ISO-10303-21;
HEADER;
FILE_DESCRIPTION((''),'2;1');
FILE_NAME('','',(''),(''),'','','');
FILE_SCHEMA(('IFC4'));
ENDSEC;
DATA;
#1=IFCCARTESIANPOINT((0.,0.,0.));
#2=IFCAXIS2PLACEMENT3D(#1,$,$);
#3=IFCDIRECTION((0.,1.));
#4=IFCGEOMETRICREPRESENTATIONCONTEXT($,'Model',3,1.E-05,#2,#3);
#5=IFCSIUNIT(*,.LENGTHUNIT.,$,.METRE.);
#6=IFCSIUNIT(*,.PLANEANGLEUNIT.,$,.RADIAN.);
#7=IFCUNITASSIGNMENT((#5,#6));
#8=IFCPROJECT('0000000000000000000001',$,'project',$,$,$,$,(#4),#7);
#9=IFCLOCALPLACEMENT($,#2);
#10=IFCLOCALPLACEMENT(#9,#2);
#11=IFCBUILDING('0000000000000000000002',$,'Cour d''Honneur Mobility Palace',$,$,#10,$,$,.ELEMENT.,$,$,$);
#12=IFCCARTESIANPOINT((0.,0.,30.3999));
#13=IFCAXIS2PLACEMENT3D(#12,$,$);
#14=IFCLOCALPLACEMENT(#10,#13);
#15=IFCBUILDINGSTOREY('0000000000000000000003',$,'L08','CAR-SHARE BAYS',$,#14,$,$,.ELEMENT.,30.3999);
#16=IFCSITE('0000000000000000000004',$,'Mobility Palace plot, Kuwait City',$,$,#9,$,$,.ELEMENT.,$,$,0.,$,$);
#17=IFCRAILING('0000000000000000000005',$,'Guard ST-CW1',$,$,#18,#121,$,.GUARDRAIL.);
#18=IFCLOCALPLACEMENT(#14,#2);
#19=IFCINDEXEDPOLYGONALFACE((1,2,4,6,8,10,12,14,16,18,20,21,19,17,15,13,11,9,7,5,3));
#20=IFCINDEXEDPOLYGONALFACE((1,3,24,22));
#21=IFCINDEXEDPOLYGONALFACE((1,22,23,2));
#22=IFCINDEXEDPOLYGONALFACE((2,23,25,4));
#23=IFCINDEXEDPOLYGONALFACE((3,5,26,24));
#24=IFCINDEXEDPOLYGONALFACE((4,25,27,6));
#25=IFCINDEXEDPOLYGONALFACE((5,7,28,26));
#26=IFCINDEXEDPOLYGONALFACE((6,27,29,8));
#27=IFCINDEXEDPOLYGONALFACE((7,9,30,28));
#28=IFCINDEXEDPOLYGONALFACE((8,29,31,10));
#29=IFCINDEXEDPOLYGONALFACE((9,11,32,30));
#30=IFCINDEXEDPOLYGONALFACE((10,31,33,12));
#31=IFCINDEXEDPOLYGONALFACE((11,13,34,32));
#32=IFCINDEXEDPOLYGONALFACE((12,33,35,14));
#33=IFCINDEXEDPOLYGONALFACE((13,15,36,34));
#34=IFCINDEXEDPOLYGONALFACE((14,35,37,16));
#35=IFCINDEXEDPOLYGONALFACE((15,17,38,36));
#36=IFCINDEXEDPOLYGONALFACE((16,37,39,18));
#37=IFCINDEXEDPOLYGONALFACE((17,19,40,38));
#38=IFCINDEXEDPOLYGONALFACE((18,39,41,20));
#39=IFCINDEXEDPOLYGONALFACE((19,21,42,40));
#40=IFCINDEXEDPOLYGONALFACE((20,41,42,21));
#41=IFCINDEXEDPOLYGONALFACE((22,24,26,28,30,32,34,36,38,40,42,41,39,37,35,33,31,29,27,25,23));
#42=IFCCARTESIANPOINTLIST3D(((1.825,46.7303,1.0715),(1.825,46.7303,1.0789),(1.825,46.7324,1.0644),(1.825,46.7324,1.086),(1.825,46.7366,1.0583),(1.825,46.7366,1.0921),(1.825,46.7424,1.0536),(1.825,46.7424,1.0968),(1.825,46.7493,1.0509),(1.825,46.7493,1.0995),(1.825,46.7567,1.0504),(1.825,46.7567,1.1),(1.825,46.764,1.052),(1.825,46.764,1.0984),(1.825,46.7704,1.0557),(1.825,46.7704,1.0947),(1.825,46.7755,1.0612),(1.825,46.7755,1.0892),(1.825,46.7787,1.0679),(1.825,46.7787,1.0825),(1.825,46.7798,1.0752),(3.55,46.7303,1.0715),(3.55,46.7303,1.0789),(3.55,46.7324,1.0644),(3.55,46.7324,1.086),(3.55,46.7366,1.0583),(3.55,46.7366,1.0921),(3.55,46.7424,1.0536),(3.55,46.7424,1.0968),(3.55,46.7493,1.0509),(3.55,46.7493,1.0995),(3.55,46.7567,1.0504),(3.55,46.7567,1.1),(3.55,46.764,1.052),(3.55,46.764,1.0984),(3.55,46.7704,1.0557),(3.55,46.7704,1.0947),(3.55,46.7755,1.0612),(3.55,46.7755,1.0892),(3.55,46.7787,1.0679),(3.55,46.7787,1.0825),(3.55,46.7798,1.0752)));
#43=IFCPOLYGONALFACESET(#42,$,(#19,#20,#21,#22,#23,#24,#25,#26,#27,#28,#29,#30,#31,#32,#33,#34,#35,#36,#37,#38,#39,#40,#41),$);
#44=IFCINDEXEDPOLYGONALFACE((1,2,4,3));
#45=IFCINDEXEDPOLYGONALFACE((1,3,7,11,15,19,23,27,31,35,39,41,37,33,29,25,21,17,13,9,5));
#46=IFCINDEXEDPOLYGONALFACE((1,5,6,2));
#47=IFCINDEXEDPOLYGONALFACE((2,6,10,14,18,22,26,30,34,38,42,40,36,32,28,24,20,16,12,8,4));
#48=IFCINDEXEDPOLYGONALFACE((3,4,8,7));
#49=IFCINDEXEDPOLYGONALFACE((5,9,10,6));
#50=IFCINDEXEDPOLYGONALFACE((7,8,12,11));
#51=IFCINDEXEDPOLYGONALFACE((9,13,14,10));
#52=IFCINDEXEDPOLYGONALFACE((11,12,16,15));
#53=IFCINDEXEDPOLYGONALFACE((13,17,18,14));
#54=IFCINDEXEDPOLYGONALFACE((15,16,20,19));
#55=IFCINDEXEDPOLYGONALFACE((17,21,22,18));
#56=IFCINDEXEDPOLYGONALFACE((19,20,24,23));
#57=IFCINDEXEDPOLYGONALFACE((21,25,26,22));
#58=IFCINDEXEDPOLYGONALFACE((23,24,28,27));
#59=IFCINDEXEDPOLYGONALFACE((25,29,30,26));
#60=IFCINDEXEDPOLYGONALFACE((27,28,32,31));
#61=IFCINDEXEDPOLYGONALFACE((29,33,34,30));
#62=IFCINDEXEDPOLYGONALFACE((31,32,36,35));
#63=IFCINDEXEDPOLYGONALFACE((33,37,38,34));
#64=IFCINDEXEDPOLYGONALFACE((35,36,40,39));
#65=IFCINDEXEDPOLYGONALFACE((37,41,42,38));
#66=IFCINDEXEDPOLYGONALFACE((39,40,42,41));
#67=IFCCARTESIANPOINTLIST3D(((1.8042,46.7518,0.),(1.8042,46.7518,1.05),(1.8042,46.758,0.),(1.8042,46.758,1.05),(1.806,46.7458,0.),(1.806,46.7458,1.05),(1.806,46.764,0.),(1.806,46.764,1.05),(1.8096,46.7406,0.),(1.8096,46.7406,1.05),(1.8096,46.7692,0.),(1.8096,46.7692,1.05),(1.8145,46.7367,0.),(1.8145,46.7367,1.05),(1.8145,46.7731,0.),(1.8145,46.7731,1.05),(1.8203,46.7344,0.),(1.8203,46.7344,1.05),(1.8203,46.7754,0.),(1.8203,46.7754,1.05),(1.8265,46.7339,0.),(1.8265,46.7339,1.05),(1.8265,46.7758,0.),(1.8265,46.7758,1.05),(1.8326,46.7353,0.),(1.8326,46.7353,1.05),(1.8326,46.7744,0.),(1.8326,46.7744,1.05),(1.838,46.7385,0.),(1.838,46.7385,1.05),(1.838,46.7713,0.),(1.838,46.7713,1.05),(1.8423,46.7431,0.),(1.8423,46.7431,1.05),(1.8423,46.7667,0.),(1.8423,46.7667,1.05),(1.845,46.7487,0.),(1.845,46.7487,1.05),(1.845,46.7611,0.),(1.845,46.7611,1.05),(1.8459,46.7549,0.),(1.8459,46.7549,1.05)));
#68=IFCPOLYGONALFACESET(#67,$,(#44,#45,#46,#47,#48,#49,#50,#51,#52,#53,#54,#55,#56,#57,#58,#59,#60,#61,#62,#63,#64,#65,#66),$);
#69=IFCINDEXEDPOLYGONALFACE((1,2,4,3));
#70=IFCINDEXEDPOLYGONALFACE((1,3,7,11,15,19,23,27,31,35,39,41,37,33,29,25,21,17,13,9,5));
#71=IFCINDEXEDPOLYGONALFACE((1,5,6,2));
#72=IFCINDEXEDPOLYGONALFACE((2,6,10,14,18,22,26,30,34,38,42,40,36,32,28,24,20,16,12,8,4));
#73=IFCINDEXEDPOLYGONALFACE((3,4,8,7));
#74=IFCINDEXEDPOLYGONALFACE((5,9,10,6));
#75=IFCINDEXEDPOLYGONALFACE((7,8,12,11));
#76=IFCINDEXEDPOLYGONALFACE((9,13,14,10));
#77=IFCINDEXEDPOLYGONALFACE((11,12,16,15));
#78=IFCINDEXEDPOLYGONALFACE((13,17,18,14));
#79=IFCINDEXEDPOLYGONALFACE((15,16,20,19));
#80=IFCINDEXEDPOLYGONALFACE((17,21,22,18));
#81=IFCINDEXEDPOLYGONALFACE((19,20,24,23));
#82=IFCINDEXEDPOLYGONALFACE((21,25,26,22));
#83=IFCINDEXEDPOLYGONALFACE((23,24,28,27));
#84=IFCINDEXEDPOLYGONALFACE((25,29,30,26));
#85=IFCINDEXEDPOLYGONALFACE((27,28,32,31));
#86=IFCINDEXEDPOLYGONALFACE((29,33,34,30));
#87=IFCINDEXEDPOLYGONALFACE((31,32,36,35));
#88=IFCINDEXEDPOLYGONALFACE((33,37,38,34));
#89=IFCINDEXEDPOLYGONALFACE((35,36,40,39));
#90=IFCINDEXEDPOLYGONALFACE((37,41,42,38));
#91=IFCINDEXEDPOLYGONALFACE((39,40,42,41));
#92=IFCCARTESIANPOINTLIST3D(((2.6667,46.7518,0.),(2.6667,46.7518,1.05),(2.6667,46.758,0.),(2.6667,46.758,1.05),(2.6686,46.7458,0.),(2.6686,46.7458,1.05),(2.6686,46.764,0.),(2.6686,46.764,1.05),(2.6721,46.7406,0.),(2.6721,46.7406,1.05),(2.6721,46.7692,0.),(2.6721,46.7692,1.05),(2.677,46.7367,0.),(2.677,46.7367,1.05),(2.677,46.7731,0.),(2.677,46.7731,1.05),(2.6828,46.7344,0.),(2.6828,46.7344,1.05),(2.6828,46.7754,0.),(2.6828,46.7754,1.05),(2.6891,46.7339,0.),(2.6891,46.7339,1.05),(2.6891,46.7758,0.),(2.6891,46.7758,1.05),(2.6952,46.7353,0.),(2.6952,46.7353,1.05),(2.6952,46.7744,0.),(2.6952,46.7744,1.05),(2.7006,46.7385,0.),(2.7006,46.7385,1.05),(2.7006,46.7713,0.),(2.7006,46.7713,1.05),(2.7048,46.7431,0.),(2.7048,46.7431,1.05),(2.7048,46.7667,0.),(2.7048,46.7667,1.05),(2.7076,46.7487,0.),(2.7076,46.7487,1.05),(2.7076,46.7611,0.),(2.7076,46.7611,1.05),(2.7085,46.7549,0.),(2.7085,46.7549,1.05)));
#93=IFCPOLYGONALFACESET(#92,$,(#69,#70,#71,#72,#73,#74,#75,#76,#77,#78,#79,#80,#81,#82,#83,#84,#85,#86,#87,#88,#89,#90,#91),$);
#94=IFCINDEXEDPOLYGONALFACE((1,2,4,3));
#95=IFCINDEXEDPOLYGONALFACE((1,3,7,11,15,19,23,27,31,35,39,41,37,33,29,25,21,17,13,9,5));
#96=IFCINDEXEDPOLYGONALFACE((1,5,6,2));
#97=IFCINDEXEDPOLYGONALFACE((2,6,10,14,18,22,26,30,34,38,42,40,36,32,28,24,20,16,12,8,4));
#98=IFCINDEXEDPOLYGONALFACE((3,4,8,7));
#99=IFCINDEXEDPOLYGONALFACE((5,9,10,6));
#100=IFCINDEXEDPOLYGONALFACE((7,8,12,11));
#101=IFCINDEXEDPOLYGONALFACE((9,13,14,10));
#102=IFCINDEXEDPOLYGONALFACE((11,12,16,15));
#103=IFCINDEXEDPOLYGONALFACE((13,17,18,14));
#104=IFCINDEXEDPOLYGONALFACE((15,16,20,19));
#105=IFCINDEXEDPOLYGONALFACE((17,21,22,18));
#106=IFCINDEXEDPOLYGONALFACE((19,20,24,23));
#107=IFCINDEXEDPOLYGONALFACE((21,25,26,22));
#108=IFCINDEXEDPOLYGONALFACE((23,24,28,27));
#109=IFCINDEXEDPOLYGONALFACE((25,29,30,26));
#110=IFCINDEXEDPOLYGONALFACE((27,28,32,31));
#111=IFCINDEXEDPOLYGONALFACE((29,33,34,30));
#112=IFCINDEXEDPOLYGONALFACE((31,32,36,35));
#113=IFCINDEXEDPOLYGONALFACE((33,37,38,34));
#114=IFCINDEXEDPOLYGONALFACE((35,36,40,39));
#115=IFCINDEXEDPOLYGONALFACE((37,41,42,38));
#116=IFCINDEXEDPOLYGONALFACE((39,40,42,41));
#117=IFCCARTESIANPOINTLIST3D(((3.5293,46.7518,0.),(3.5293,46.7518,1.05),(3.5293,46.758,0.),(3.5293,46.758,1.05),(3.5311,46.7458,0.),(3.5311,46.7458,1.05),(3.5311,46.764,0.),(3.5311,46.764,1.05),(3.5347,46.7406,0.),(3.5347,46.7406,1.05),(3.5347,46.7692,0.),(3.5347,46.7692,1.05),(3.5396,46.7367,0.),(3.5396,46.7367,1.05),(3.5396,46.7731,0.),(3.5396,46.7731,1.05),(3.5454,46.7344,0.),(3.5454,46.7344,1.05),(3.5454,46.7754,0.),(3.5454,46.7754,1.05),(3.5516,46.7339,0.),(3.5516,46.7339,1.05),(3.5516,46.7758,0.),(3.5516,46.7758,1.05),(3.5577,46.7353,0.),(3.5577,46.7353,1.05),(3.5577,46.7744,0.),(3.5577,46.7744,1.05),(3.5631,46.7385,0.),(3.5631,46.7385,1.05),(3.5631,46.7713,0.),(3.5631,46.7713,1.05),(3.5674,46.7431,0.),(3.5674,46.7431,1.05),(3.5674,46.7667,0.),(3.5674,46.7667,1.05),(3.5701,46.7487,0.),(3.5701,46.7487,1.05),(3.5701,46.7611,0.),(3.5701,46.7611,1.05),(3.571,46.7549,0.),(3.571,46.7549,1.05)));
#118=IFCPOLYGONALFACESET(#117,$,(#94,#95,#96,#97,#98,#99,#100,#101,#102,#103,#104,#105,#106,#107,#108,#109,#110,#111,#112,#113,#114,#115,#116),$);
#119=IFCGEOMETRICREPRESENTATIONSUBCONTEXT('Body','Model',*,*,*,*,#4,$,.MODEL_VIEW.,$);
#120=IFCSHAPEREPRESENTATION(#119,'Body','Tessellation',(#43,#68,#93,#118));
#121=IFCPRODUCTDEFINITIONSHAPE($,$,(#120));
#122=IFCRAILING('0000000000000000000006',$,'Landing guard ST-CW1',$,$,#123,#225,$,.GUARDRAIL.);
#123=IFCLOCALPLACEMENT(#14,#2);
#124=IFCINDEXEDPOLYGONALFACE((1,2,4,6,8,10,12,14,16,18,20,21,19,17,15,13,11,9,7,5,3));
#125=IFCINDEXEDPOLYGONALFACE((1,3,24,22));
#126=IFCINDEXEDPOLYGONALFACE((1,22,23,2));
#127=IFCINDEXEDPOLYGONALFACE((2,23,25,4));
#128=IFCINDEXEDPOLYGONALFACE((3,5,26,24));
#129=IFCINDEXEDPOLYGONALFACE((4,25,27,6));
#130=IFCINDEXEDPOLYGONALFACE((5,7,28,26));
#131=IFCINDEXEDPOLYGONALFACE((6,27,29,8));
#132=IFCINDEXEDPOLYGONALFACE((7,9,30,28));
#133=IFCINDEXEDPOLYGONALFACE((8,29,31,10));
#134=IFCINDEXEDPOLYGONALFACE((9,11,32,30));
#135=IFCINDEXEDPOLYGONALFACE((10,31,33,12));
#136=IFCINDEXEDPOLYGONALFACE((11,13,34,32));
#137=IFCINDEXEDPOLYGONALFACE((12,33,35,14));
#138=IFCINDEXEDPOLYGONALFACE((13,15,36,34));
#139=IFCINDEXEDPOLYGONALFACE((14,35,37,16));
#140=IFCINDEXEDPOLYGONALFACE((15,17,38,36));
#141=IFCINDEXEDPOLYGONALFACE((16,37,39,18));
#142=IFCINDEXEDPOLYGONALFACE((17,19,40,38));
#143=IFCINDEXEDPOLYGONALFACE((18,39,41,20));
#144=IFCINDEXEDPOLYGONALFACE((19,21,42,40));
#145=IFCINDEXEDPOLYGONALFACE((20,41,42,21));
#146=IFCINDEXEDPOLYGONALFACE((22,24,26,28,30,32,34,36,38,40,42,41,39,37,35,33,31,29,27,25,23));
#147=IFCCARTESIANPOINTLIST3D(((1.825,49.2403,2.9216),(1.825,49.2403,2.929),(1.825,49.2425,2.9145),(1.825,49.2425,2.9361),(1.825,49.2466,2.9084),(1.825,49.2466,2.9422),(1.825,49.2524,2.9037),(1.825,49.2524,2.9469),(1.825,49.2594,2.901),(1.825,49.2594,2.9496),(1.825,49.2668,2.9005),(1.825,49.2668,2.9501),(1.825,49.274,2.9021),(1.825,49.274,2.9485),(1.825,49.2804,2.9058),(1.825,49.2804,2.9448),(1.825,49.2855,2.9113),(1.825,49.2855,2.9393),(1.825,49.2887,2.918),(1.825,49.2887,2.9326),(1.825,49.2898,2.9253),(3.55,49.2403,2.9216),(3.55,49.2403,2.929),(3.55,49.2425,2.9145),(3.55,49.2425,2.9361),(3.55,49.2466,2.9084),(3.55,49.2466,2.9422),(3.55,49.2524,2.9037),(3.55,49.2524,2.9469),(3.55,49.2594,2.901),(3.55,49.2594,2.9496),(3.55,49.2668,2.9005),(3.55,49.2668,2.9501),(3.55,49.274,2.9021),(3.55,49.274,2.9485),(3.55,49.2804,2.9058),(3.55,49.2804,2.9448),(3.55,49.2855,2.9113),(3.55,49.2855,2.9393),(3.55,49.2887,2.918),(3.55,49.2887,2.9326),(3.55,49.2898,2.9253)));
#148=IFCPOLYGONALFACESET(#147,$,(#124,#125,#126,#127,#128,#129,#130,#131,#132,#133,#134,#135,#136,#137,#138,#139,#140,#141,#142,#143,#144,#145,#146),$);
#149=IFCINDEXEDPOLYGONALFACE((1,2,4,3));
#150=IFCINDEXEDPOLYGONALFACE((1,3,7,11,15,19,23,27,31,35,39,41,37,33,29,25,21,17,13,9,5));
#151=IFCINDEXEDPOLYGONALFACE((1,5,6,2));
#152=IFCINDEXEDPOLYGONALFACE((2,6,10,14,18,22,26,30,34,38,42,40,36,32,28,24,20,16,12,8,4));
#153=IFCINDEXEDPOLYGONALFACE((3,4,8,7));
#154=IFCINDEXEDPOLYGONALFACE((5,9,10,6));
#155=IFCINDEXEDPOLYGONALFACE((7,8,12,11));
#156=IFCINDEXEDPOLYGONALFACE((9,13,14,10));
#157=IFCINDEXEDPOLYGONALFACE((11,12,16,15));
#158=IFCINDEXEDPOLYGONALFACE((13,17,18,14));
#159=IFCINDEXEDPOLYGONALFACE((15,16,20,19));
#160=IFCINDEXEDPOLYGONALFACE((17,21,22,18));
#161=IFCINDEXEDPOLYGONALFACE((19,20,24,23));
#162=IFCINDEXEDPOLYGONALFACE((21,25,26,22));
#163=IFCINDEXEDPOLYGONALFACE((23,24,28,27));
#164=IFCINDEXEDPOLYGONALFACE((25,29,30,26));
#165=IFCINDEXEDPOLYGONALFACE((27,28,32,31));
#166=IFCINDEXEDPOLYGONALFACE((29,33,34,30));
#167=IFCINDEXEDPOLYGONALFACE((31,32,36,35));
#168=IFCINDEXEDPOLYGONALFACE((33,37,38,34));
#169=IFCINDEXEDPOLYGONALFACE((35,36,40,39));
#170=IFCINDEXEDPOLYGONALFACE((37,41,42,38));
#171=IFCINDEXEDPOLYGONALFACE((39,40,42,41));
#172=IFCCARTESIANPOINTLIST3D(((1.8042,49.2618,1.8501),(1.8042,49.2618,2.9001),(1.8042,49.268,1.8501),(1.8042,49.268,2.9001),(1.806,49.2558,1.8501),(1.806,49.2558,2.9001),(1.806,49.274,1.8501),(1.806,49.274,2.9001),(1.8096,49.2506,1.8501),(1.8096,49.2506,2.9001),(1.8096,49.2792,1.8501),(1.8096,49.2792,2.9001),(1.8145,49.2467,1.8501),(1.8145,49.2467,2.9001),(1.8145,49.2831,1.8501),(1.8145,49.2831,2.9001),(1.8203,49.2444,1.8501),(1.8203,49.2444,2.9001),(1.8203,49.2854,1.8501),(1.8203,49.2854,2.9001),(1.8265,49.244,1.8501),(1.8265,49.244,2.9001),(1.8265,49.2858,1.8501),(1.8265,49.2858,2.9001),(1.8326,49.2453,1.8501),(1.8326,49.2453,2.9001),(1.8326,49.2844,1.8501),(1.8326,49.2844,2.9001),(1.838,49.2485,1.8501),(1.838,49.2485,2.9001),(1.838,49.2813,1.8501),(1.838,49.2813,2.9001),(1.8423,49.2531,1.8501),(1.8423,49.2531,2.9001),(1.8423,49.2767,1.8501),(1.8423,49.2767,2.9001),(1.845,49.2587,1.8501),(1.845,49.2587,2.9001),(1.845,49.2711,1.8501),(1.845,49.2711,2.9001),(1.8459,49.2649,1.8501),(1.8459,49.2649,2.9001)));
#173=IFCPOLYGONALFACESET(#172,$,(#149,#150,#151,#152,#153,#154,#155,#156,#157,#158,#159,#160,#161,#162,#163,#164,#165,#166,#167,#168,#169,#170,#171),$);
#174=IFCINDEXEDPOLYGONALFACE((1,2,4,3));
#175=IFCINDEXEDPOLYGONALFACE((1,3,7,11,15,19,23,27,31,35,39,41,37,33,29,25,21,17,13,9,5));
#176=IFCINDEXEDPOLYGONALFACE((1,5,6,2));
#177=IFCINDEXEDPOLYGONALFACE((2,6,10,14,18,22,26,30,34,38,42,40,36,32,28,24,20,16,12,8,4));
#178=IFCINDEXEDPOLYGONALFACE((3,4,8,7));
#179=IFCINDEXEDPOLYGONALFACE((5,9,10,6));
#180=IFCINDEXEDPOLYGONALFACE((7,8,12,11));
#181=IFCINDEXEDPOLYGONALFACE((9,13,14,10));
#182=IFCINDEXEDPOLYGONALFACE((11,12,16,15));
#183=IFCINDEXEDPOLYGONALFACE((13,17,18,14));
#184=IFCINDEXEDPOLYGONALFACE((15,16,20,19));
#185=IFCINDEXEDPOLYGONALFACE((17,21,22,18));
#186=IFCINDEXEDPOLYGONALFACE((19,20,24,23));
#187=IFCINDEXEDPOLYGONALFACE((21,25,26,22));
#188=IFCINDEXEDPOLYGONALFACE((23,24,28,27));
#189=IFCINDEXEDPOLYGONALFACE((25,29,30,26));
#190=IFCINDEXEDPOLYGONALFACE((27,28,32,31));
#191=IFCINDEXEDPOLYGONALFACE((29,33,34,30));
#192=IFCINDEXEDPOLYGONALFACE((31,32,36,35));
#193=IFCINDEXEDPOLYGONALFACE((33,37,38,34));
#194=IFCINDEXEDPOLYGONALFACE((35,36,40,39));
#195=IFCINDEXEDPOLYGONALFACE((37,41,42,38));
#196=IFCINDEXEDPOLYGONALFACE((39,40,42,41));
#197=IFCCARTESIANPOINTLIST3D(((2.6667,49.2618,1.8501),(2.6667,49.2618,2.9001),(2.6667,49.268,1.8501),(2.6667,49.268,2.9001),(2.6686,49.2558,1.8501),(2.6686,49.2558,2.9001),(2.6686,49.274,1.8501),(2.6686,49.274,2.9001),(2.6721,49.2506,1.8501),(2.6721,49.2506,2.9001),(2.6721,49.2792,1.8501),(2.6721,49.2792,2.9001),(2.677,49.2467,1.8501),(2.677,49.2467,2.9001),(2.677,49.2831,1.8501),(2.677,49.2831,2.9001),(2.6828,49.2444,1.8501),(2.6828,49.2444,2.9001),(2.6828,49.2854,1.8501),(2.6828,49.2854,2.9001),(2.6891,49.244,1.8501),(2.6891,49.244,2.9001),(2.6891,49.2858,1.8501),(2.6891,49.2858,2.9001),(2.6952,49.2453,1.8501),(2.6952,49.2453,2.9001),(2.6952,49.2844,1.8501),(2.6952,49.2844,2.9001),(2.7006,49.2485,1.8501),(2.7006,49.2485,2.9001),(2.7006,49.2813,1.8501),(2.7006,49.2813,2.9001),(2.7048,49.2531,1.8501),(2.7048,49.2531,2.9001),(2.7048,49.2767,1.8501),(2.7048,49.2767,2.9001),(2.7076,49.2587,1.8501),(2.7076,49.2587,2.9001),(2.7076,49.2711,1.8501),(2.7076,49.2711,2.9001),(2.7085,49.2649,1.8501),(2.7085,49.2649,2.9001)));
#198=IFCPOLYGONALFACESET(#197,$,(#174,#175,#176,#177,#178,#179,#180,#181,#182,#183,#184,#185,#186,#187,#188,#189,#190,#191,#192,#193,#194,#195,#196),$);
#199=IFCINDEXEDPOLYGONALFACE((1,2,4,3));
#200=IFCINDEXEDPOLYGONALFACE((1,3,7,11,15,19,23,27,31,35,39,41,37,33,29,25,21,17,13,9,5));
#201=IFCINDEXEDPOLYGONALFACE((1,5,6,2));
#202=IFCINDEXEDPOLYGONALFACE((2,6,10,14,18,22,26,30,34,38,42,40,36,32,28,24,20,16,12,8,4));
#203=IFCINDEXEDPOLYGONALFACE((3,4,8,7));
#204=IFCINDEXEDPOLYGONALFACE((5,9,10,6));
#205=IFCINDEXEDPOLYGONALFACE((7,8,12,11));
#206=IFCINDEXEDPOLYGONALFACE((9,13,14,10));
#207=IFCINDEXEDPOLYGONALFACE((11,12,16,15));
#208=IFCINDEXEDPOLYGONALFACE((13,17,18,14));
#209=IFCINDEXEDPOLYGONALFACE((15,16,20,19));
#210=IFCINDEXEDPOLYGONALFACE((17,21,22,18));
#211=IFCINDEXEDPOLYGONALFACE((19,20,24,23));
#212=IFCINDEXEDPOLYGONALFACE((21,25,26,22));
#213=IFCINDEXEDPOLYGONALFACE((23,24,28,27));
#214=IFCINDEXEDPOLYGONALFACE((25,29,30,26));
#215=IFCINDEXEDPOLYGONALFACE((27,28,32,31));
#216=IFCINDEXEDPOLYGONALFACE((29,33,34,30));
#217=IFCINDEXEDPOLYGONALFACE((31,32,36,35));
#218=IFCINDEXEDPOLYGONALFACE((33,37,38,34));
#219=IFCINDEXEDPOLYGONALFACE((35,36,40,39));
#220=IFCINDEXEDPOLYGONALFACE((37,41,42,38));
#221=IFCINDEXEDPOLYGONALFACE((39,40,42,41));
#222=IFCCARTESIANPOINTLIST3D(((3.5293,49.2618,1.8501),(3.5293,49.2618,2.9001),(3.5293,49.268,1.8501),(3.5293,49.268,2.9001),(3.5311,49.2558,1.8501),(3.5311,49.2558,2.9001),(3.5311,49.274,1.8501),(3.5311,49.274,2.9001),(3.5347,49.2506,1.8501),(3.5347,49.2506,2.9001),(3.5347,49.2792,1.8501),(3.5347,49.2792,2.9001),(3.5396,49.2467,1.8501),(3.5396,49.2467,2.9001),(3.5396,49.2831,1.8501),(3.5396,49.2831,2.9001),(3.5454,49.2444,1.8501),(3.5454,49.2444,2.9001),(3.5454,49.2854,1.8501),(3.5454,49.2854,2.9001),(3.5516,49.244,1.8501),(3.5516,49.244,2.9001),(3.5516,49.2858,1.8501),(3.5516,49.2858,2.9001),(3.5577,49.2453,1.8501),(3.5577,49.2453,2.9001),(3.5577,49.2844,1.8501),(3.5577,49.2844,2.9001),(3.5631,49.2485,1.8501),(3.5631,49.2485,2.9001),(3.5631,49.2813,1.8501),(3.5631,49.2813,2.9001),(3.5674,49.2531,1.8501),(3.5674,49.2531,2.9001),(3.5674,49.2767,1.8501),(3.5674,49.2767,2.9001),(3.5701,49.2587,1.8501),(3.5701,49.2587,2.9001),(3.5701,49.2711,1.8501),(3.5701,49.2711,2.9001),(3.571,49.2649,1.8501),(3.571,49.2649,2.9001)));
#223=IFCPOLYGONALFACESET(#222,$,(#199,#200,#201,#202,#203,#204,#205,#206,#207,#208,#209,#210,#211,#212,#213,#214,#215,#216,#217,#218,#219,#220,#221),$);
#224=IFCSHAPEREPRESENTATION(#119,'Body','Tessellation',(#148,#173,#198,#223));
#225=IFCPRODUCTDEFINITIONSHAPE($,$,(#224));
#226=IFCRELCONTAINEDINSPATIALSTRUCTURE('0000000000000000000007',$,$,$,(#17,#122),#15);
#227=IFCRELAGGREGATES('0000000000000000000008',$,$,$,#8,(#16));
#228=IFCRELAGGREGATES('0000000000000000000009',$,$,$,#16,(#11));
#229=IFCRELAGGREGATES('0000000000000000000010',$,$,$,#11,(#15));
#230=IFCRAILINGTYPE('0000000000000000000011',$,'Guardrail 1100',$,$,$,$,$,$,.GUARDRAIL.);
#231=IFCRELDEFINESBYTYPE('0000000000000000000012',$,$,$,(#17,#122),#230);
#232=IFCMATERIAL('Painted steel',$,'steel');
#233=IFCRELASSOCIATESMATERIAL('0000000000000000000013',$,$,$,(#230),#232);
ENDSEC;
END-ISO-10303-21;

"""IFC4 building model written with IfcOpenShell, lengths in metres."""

from ifc_helpers import new_model, si_unit, direction, frame, origin, origin_2d, place, context, subcontext, project, spatial, circle, extrude, material, type_object, element, save


model = new_model("IFC4")

# Units and contexts
model_context = context("Model", 3, precision=1e-05, world=origin(), true_north=direction((0.0, 1.0)))
body_context = subcontext(model_context, "Body", "Model", "MODEL_VIEW")
ifc_project = project(units=[si_unit("LENGTHUNIT", "METRE"), si_unit("PLANEANGLEUNIT", "RADIAN")], contexts=[model_context])

# Site, building, storey
site_placement = place(None, origin())
site = spatial("IfcSite", under=ifc_project, at=site_placement, Name="Mobility Palace plot, Kuwait City", CompositionType="ELEMENT", RefElevation=0.0)
building_placement = place(site_placement, origin())
building = spatial("IfcBuilding", under=site, at=building_placement, Name="Cour d'Honneur Mobility Palace", CompositionType="ELEMENT")
storey_placement = place(building_placement, frame((0.0, 0.0, 30.3999)))
storey = spatial("IfcBuildingStorey", under=building, at=storey_placement, Name="L08", Description="CAR-SHARE BAYS", CompositionType="ELEMENT", Elevation=30.3999)

# Railings
ifc_material_1 = material(Name="Painted steel", Category="steel")
railing_type_1 = type_object("IfcRailingType", Name="Guardrail 1100", PredefinedType="GUARDRAIL", material=ifc_material_1)
for number, where, name in (
    (1, (1.825, 46.7549, 0.0), "Guard ST-CW1"),
    (2, (1.825, 49.2649, 1.8501), "Landing guard ST-CW1"),
):
    element("IfcRailing", number, at=place(storey_placement, frame(where)), inside=storey, type_object=railing_type_1, Name=name, PredefinedType="GUARDRAIL", context=body_context, shape_type="SweptSolid", body=[
        extrude(circle(Radius=0.0249, at=origin_2d()), frame((0.0, 0.0, 1.0752), z_axis=(1.0, 0.0, 0.0), x_axis=(0.0, 1.0, 0.0)), (0.0, 0.0, 1.0), 1.7251),
        extrude(circle(Radius=0.021, at=origin_2d()), origin(), (0.0, 0.0, 1.0), 1.05),
        extrude(circle(Radius=0.021, at=origin_2d()), frame((0.8625, 0.0, 0.0)), (0.0, 0.0, 1.0), 1.05),
        extrude(circle(Radius=0.021, at=origin_2d()), frame((1.7251, 0.0, 0.0)), (0.0, 0.0, 1.0), 1.05),
    ])

save(model, "model.ifc")
